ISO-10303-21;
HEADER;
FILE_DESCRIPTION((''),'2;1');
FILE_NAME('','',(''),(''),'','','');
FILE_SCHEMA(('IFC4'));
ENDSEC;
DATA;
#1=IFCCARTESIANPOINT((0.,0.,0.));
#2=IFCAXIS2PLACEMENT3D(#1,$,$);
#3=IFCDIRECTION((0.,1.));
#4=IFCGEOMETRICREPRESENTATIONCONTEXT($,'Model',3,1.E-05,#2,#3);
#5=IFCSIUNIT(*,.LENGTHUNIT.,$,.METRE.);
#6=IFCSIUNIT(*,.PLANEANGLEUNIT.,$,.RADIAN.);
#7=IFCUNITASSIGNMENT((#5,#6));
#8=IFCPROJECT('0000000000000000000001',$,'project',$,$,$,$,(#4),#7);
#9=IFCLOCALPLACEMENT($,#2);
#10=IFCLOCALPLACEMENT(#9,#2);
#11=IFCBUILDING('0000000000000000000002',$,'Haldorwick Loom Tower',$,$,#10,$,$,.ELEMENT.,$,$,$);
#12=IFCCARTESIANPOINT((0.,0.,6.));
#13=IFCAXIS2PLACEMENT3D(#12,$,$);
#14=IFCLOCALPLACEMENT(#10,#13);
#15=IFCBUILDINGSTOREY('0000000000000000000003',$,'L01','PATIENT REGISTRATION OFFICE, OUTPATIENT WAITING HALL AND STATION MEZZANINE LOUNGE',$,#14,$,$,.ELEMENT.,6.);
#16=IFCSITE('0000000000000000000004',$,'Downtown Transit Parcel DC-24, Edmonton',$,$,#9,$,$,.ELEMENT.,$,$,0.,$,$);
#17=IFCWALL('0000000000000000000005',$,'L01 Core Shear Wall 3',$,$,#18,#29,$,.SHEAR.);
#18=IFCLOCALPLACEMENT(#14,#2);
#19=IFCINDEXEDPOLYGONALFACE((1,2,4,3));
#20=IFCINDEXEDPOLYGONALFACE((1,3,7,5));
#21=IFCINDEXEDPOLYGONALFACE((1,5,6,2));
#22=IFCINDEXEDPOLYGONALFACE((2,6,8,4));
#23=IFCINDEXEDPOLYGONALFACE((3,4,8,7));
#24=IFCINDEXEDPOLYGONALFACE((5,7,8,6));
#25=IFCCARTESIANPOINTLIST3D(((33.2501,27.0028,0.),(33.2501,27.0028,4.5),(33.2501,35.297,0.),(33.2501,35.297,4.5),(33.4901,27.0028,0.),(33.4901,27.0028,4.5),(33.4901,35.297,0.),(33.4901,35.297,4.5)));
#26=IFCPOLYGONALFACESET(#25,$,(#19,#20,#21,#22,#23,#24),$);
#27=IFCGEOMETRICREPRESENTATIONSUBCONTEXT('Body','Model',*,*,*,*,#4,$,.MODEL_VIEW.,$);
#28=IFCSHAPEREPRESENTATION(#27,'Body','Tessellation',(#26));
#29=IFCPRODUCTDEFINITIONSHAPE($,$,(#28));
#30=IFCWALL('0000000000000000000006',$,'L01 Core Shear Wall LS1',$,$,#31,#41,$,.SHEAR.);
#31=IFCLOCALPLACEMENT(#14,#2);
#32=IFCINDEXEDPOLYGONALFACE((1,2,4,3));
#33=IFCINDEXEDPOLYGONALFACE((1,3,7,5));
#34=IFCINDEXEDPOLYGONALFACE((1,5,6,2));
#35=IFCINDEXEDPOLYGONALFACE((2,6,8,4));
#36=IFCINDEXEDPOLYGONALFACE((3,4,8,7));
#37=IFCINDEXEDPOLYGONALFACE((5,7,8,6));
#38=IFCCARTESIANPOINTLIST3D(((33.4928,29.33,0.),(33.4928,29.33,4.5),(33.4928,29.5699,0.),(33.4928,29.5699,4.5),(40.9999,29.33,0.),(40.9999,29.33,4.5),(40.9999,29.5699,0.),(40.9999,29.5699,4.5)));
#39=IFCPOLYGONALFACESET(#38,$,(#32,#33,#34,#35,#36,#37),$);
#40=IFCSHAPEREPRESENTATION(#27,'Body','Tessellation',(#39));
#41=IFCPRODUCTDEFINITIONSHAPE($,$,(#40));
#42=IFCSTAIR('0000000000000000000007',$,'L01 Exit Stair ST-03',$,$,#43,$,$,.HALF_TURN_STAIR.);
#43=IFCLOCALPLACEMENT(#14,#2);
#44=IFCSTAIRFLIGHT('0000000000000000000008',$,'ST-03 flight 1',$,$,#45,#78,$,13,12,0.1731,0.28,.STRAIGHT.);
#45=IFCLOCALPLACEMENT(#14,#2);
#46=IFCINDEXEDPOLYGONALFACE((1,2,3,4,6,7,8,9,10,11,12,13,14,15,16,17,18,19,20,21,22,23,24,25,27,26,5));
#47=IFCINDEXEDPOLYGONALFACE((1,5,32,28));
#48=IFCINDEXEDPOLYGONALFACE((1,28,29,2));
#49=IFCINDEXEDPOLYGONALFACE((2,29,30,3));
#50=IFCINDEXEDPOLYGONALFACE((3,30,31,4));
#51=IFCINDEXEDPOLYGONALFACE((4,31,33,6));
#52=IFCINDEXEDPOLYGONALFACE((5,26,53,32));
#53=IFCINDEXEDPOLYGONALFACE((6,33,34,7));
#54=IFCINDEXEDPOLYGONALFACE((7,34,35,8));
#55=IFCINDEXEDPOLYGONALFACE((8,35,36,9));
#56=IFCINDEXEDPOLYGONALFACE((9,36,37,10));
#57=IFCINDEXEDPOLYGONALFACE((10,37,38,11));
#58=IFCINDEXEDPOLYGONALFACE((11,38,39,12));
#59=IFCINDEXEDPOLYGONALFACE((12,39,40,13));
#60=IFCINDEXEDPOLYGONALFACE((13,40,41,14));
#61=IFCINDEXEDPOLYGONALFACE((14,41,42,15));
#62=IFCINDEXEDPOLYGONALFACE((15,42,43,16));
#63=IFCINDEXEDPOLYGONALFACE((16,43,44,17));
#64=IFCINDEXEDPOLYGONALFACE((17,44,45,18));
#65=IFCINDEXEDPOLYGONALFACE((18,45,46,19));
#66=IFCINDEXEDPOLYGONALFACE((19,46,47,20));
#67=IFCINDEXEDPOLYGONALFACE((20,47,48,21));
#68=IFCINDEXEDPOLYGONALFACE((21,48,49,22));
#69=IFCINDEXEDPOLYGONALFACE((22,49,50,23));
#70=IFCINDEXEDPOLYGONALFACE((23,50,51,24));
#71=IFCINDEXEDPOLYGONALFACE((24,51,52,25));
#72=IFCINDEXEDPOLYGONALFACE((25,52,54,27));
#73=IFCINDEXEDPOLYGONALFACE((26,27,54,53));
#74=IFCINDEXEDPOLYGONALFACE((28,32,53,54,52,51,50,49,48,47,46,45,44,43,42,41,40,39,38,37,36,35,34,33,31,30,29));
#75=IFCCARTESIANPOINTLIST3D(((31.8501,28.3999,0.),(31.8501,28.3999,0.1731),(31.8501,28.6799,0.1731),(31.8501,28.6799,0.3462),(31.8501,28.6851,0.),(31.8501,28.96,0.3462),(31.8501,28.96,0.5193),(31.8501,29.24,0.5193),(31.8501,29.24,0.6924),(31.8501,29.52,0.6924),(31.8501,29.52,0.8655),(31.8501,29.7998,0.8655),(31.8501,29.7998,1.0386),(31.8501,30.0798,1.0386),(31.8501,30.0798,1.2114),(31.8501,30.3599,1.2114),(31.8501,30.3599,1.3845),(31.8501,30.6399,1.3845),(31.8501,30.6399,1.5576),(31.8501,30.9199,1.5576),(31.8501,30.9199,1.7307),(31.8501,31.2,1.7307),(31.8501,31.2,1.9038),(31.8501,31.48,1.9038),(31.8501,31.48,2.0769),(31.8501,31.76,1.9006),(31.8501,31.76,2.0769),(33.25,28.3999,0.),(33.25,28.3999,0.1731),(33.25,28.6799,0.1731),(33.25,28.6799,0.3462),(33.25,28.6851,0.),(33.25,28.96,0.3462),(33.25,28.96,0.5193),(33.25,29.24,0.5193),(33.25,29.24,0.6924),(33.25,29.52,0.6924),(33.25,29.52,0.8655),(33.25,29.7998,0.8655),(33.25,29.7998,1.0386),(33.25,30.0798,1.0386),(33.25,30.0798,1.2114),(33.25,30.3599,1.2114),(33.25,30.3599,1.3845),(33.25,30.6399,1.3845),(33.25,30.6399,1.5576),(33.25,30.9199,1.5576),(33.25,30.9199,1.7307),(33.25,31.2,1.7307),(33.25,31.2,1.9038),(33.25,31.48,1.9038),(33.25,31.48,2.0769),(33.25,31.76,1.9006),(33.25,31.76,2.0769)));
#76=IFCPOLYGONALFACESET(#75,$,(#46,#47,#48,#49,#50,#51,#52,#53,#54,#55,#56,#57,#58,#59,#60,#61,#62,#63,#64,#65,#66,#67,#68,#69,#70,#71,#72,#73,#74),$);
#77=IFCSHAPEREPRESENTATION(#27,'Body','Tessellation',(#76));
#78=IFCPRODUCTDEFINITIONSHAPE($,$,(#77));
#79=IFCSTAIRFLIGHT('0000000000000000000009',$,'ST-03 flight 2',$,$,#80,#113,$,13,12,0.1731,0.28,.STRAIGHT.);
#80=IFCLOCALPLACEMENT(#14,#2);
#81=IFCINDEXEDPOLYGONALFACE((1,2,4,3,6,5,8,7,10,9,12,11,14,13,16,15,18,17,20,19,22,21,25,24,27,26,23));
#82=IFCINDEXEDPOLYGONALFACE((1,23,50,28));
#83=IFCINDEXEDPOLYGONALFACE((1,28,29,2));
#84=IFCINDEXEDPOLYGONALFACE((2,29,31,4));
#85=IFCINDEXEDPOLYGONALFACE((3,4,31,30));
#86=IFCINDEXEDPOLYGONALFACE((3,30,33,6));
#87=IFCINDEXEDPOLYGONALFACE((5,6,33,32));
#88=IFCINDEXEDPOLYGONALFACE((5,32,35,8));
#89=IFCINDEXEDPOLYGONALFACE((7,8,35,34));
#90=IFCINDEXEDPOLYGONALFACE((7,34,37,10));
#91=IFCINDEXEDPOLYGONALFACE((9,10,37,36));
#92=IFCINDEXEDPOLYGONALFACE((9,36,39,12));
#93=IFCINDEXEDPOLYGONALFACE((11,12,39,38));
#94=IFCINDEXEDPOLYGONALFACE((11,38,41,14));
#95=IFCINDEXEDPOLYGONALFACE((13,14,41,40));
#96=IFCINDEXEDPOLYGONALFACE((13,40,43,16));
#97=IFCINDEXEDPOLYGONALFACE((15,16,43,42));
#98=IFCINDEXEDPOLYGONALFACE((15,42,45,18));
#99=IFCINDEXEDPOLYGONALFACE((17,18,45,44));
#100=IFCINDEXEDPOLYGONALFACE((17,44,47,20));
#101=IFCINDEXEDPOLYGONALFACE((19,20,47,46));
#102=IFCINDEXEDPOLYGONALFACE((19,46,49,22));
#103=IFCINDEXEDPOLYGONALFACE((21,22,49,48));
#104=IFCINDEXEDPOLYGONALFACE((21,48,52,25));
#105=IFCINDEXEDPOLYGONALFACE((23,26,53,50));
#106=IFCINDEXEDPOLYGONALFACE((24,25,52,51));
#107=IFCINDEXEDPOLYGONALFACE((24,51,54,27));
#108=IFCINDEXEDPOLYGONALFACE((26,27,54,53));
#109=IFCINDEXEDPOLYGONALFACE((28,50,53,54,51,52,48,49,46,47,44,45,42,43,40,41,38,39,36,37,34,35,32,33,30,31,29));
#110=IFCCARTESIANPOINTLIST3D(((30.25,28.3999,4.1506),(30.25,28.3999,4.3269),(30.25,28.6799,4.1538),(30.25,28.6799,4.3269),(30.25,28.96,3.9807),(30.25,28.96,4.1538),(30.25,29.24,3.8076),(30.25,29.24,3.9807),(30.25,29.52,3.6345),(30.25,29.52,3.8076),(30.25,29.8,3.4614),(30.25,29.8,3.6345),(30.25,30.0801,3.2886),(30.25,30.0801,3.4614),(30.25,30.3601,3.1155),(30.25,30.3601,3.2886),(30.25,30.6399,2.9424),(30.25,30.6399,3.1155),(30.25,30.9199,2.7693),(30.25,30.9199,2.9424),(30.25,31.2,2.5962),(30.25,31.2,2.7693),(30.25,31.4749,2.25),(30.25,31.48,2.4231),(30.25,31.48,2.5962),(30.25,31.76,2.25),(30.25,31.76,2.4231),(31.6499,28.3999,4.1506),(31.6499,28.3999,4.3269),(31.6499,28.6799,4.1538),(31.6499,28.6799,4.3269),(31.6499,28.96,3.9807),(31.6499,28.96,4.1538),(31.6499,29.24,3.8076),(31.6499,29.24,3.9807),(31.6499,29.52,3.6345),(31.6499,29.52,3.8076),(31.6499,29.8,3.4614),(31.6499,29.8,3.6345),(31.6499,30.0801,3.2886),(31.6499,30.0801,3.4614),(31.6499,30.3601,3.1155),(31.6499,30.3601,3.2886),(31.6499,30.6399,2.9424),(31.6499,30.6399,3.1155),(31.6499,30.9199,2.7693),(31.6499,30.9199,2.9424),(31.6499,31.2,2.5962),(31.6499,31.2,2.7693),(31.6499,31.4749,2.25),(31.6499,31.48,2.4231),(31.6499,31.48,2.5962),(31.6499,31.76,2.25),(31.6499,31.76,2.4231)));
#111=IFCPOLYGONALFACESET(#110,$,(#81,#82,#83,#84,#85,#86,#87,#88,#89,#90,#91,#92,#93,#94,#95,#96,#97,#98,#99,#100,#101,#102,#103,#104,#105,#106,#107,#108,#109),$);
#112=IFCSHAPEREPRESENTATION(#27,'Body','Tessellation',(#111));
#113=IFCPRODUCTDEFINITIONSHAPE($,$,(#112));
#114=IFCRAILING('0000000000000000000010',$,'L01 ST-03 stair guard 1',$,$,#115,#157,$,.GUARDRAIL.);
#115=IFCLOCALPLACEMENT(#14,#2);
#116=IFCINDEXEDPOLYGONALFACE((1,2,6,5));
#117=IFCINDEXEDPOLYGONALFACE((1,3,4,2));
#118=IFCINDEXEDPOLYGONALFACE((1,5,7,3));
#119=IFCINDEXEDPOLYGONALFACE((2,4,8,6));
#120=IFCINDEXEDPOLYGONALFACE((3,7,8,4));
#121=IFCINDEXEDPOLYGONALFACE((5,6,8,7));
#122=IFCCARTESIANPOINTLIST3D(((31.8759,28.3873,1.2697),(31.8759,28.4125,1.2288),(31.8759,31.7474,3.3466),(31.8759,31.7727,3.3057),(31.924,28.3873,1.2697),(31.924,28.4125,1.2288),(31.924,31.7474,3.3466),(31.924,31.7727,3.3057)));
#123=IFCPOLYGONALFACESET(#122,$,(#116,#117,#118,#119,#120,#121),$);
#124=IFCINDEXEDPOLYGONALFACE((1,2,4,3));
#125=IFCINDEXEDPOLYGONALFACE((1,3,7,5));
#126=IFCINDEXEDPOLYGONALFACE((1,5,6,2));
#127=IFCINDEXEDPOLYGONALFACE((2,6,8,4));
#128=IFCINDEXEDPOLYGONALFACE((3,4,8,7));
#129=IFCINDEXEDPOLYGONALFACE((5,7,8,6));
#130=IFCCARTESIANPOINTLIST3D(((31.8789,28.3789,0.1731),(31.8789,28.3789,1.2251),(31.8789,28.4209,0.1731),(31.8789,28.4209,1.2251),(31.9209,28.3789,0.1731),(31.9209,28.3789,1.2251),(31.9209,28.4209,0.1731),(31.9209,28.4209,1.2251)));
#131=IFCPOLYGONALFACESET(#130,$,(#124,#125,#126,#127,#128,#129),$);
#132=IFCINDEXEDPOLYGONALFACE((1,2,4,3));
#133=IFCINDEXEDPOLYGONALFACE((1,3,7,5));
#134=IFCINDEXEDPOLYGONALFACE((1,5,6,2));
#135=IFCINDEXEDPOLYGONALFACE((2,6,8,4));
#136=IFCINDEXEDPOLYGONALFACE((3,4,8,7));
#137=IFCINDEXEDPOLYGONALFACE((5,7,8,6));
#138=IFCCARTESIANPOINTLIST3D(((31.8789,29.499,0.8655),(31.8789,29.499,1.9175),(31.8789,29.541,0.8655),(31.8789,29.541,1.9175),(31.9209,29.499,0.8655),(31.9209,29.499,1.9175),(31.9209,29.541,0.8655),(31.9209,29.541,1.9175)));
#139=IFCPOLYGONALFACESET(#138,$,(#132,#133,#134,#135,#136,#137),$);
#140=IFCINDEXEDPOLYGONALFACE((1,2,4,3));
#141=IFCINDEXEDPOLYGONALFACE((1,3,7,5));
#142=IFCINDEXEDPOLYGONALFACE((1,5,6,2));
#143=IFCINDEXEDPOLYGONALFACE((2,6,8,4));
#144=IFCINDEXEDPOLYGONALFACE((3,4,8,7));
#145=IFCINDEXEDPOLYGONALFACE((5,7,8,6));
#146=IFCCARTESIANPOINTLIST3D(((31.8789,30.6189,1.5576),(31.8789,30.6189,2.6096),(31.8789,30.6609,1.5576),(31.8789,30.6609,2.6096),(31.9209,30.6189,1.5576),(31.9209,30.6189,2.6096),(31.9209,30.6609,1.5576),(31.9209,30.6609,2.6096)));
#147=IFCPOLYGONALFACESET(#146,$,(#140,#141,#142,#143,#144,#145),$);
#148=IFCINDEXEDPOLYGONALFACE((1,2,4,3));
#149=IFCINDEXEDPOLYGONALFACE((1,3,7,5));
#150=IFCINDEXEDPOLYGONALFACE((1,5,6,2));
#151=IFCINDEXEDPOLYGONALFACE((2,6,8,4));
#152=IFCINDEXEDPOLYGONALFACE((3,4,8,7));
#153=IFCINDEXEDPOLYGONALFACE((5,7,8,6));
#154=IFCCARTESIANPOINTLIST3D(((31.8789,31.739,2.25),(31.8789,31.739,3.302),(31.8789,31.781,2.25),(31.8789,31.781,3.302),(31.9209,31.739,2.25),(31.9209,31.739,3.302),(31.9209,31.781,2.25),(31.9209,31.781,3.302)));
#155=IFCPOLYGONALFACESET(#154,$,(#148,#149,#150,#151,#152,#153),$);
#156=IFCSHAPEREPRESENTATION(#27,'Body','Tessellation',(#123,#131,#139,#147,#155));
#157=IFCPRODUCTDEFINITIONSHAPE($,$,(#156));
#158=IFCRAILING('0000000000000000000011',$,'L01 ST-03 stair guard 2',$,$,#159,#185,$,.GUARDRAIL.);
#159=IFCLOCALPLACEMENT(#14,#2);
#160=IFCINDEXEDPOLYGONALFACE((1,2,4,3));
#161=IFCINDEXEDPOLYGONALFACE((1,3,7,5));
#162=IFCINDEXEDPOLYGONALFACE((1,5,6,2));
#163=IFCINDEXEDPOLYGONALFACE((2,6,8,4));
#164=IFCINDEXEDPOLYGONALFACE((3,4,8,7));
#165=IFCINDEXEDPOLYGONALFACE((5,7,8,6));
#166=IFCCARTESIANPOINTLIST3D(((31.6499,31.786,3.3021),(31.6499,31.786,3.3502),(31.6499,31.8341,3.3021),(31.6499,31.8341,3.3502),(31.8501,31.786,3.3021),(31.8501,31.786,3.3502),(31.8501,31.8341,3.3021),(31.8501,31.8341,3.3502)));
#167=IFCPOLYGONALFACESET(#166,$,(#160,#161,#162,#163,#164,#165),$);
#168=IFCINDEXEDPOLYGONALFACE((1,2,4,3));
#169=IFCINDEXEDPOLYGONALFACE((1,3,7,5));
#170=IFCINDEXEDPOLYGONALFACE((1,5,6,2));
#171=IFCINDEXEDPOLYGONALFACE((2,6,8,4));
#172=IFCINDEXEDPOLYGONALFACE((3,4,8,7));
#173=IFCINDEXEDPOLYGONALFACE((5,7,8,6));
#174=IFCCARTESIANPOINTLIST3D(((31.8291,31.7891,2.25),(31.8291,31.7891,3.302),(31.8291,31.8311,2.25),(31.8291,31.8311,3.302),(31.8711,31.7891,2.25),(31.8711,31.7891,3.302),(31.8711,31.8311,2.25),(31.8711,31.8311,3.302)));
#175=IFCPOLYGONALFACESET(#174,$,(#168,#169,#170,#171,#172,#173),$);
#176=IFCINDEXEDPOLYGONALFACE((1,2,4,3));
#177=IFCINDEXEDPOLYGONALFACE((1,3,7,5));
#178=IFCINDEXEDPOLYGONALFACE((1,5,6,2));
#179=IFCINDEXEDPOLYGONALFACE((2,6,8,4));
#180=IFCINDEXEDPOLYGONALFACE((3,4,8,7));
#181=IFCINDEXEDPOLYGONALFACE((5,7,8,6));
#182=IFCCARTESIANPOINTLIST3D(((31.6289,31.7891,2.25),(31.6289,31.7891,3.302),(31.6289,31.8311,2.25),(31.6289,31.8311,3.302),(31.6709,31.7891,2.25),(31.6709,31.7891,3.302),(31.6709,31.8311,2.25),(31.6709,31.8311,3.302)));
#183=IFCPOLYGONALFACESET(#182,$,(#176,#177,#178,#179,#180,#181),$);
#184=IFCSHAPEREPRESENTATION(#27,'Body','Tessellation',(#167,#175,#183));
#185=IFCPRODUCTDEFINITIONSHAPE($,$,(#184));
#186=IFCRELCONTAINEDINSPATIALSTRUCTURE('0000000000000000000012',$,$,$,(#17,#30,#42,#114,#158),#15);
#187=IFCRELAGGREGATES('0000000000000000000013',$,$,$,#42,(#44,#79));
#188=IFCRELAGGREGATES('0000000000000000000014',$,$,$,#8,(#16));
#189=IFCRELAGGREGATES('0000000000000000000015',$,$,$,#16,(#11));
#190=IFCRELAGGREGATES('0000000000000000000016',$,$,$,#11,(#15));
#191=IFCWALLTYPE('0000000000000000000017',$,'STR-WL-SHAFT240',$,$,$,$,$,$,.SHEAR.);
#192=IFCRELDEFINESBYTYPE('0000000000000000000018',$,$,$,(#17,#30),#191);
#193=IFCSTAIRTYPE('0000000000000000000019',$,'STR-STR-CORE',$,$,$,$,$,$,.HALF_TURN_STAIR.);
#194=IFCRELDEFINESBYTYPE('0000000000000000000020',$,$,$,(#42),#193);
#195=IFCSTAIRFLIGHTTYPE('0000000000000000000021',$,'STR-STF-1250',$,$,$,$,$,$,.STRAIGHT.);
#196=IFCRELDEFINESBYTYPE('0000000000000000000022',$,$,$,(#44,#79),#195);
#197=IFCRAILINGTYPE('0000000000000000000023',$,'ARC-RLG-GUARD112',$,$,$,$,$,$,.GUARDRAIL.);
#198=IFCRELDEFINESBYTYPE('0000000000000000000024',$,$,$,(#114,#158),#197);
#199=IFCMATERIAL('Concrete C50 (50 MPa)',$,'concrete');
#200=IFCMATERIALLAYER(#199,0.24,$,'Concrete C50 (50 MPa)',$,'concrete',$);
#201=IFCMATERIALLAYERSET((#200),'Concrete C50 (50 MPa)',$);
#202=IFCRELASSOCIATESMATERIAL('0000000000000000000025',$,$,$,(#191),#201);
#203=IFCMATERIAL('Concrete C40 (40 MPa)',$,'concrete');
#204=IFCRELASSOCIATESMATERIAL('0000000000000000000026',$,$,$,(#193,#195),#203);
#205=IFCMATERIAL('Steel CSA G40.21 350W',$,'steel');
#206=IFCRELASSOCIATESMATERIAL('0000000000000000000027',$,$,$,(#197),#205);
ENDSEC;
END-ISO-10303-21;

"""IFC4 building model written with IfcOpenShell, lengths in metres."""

from ifc_helpers import new_model, si_unit, direction, frame, frame_2d, origin, origin_2d, place, context, subcontext, project, spatial, polyline, rectangle, outline, extrude, material, layer, layer_set, type_object, element, aggregate, save


model = new_model("IFC4")

# Units and contexts
model_context = context("Model", 3, precision=1e-05, world=origin(), true_north=direction((0.0, 1.0)))
body_context = subcontext(model_context, "Body", "Model", "MODEL_VIEW")
ifc_project = project(units=[si_unit("LENGTHUNIT", "METRE"), si_unit("PLANEANGLEUNIT", "RADIAN")], contexts=[model_context])

# Site, building, storey
site_placement = place(None, origin())
site = spatial("IfcSite", under=ifc_project, at=site_placement, Name="Downtown Transit Parcel DC-24, Edmonton", CompositionType="ELEMENT", RefElevation=0.0)
building_placement = place(site_placement, origin())
building = spatial("IfcBuilding", under=site, at=building_placement, Name="Haldorwick Loom Tower", CompositionType="ELEMENT")
storey_placement = place(building_placement, frame((0.0, 0.0, 6.0)))
storey = spatial("IfcBuildingStorey", under=building, at=storey_placement, Name="L01", Description="PATIENT REGISTRATION OFFICE, OUTPATIENT WAITING HALL AND STATION MEZZANINE LOUNGE", CompositionType="ELEMENT", Elevation=6.0)

# Walls
ifc_material_1 = material(Name="Concrete C50 (50 MPa)", Category="concrete")
ifc_layer_1 = layer(ifc_material_1, 0.24, Name="Concrete C50 (50 MPa)", Category="concrete")
ifc_layer_set_1 = layer_set([ifc_layer_1], Name="Concrete C50 (50 MPa)")
wall_type = type_object("IfcWallType", Name="STR-WL-SHAFT240", PredefinedType="SHEAR", material=ifc_layer_set_1)
wall_1_placement = place(storey_placement, frame((33.3701, 27.0029, 0.0), z_axis=(0.0, 0.0, 1.0), x_axis=(0.0, 1.0, 0.0)))
element("IfcWall", 1, at=wall_1_placement, inside=storey, type_object=wall_type, Name="L01 Core Shear Wall 3", PredefinedType="SHEAR", context=body_context, shape_type="SweptSolid", body=[
    extrude(rectangle(XDim=8.2942, YDim=0.24, at=frame_2d((4.147, 0.0))), origin(), (0.0, 0.0, 1.0), 4.5),
])
wall_2_placement = place(storey_placement, frame((33.4929, 29.45, 0.0), z_axis=(0.0, 0.0, 1.0), x_axis=(1.0, 0.0, 0.0)))
element("IfcWall", 2, at=wall_2_placement, inside=storey, type_object=wall_type, Name="L01 Core Shear Wall LS1", PredefinedType="SHEAR", context=body_context, shape_type="SweptSolid", body=[
    extrude(rectangle(XDim=7.5071, YDim=0.24, at=frame_2d((3.7534, 0.0))), origin(), (0.0, 0.0, 1.0), 4.5),
])

# Stair, stair flights
ifc_material_2 = material(Name="Concrete C40 (40 MPa)", Category="concrete")
stair_type = type_object("IfcStairType", Name="STR-STR-CORE", PredefinedType="HALF_TURN_STAIR", material=ifc_material_2)
stair_placement = place(storey_placement, origin())
stair = element("IfcStair", 3, at=stair_placement, inside=storey, type_object=stair_type, Name="L01 Exit Stair ST-03", PredefinedType="HALF_TURN_STAIR")
stair_flight_type = type_object("IfcStairFlightType", Name="STR-STF-1250", PredefinedType="STRAIGHT", material=ifc_material_2)
stair_flight_1_placement = place(storey_placement, frame((32.55, 28.3999, 0.0), z_axis=(0.0, 0.0, 1.0), x_axis=(0.0, 1.0, 0.0)))
stair_flight_1 = element("IfcStairFlight", 4, at=stair_flight_1_placement, type_object=stair_flight_type, Name="ST-03 flight 1", NumberOfRisers=13, NumberOfTreads=12, PredefinedType="STRAIGHT", RiserHeight=0.1731, TreadLength=0.28, context=body_context, shape_type="SweptSolid", body=[
    extrude(outline(polyline([(0.0, 0.0), (0.0, 0.1731), (0.28, 0.1731), (0.28, 0.3462), (0.5601, 0.3462), (0.5601, 0.5193), (0.8401, 0.5193), (0.8401, 0.6924), (1.1201, 0.6924), (1.1201, 0.8655), (1.3999, 0.8655), (1.3999, 1.0386), (1.6799, 1.0386), (1.6799, 1.2114), (1.96, 1.2114), (1.96, 1.3845), (2.24, 1.3845), (2.24, 1.5576), (2.52, 1.5576), (2.52, 1.7307), (2.8, 1.7307), (2.8, 1.9038), (3.0801, 1.9038), (3.0801, 2.0769), (3.3601, 2.0769), (3.3601, 2.25), (3.3601, 1.9006), (0.2852, 0.0), (0.0, 0.0)])), frame((0.0, 0.7, 0.0), z_axis=(0.0, -1.0, 0.0), x_axis=(1.0, 0.0, 0.0)), (0.0, 0.0, 1.0), 1.3999),
])
stair_flight_2_placement = place(storey_placement, frame((30.95, 31.76, 2.25), z_axis=(0.0, 0.0, 1.0), x_axis=(0.0, -1.0, 0.0)))
stair_flight_2 = element("IfcStairFlight", 5, at=stair_flight_2_placement, type_object=stair_flight_type, Name="ST-03 flight 2", NumberOfRisers=13, NumberOfTreads=12, PredefinedType="STRAIGHT", RiserHeight=0.1731, TreadLength=0.28, context=body_context, shape_type="SweptSolid", body=[
    extrude(outline(polyline([(0.0, 0.0), (0.0, 0.1731), (0.28, 0.1731), (0.28, 0.3462), (0.5601, 0.3462), (0.5601, 0.5193), (0.8401, 0.5193), (0.8401, 0.6924), (1.1201, 0.6924), (1.1201, 0.8655), (1.3999, 0.8655), (1.3999, 1.0386), (1.6799, 1.0386), (1.6799, 1.2114), (1.96, 1.2114), (1.96, 1.3845), (2.24, 1.3845), (2.24, 1.5576), (2.52, 1.5576), (2.52, 1.7307), (2.8, 1.7307), (2.8, 1.9038), (3.0801, 1.9038), (3.0801, 2.0769), (3.3601, 2.0769), (3.3601, 2.25), (3.3601, 1.9006), (0.2852, 0.0), (0.0, 0.0)])), frame((0.0, 0.7, 0.0), z_axis=(0.0, -1.0, 0.0), x_axis=(1.0, 0.0, 0.0)), (0.0, 0.0, 1.0), 1.3999),
])
aggregate(stair, [stair_flight_1, stair_flight_2])

# Railings
ifc_material_3 = material(Name="Steel CSA G40.21 350W", Category="steel")
railing_type_1 = type_object("IfcRailingType", Name="ARC-RLG-GUARD112", PredefinedType="GUARDRAIL", material=ifc_material_3)
railing_1_placement = place(storey_placement, frame((31.8999, 28.3999, 0.1731)))
element("IfcRailing", 6, at=railing_1_placement, inside=storey, type_object=railing_type_1, Name="L01 ST-03 stair guard 1", PredefinedType="GUARDRAIL", context=body_context, shape_type="SweptSolid", body=[
    extrude(rectangle(XDim=0.0481, YDim=0.0481, at=origin_2d()), frame((0.0, 0.0, 1.0762), z_axis=(0.0, 0.850623, 0.525776), x_axis=(-1.0, 0.0, 0.0)), (0.0, 0.0, 1.0), 3.9502),
    extrude(rectangle(XDim=0.042, YDim=0.042, at=origin_2d()), origin(), (0.0, 0.0, 1.0), 1.052),
    extrude(rectangle(XDim=0.042, YDim=0.042, at=origin_2d()), frame((0.0, 1.1201, 0.6924)), (0.0, 0.0, 1.0), 1.052),
    extrude(rectangle(XDim=0.042, YDim=0.042, at=origin_2d()), frame((0.0, 2.24, 1.3845)), (0.0, 0.0, 1.0), 1.052),
    extrude(rectangle(XDim=0.042, YDim=0.042, at=origin_2d()), frame((0.0, 3.3601, 2.0769)), (0.0, 0.0, 1.0), 1.052),
])
railing_2_placement = place(storey_placement, frame((31.8501, 31.8101, 2.25)))
element("IfcRailing", 7, at=railing_2_placement, inside=storey, type_object=railing_type_1, Name="L01 ST-03 stair guard 2", PredefinedType="GUARDRAIL", context=body_context, shape_type="SweptSolid", body=[
    extrude(rectangle(XDim=0.0481, YDim=0.0481, at=origin_2d()), frame((0.0, 0.0, 1.0762), z_axis=(-1.0, 0.0, 0.0), x_axis=(0.0, -1.0, 0.0)), (0.0, 0.0, 1.0), 0.2002),
    extrude(rectangle(XDim=0.042, YDim=0.042, at=origin_2d()), origin(), (0.0, 0.0, 1.0), 1.052),
    extrude(rectangle(XDim=0.042, YDim=0.042, at=origin_2d()), frame((-0.2002, 0.0, 0.0)), (0.0, 0.0, 1.0), 1.052),
])

save(model, "model.ifc")
